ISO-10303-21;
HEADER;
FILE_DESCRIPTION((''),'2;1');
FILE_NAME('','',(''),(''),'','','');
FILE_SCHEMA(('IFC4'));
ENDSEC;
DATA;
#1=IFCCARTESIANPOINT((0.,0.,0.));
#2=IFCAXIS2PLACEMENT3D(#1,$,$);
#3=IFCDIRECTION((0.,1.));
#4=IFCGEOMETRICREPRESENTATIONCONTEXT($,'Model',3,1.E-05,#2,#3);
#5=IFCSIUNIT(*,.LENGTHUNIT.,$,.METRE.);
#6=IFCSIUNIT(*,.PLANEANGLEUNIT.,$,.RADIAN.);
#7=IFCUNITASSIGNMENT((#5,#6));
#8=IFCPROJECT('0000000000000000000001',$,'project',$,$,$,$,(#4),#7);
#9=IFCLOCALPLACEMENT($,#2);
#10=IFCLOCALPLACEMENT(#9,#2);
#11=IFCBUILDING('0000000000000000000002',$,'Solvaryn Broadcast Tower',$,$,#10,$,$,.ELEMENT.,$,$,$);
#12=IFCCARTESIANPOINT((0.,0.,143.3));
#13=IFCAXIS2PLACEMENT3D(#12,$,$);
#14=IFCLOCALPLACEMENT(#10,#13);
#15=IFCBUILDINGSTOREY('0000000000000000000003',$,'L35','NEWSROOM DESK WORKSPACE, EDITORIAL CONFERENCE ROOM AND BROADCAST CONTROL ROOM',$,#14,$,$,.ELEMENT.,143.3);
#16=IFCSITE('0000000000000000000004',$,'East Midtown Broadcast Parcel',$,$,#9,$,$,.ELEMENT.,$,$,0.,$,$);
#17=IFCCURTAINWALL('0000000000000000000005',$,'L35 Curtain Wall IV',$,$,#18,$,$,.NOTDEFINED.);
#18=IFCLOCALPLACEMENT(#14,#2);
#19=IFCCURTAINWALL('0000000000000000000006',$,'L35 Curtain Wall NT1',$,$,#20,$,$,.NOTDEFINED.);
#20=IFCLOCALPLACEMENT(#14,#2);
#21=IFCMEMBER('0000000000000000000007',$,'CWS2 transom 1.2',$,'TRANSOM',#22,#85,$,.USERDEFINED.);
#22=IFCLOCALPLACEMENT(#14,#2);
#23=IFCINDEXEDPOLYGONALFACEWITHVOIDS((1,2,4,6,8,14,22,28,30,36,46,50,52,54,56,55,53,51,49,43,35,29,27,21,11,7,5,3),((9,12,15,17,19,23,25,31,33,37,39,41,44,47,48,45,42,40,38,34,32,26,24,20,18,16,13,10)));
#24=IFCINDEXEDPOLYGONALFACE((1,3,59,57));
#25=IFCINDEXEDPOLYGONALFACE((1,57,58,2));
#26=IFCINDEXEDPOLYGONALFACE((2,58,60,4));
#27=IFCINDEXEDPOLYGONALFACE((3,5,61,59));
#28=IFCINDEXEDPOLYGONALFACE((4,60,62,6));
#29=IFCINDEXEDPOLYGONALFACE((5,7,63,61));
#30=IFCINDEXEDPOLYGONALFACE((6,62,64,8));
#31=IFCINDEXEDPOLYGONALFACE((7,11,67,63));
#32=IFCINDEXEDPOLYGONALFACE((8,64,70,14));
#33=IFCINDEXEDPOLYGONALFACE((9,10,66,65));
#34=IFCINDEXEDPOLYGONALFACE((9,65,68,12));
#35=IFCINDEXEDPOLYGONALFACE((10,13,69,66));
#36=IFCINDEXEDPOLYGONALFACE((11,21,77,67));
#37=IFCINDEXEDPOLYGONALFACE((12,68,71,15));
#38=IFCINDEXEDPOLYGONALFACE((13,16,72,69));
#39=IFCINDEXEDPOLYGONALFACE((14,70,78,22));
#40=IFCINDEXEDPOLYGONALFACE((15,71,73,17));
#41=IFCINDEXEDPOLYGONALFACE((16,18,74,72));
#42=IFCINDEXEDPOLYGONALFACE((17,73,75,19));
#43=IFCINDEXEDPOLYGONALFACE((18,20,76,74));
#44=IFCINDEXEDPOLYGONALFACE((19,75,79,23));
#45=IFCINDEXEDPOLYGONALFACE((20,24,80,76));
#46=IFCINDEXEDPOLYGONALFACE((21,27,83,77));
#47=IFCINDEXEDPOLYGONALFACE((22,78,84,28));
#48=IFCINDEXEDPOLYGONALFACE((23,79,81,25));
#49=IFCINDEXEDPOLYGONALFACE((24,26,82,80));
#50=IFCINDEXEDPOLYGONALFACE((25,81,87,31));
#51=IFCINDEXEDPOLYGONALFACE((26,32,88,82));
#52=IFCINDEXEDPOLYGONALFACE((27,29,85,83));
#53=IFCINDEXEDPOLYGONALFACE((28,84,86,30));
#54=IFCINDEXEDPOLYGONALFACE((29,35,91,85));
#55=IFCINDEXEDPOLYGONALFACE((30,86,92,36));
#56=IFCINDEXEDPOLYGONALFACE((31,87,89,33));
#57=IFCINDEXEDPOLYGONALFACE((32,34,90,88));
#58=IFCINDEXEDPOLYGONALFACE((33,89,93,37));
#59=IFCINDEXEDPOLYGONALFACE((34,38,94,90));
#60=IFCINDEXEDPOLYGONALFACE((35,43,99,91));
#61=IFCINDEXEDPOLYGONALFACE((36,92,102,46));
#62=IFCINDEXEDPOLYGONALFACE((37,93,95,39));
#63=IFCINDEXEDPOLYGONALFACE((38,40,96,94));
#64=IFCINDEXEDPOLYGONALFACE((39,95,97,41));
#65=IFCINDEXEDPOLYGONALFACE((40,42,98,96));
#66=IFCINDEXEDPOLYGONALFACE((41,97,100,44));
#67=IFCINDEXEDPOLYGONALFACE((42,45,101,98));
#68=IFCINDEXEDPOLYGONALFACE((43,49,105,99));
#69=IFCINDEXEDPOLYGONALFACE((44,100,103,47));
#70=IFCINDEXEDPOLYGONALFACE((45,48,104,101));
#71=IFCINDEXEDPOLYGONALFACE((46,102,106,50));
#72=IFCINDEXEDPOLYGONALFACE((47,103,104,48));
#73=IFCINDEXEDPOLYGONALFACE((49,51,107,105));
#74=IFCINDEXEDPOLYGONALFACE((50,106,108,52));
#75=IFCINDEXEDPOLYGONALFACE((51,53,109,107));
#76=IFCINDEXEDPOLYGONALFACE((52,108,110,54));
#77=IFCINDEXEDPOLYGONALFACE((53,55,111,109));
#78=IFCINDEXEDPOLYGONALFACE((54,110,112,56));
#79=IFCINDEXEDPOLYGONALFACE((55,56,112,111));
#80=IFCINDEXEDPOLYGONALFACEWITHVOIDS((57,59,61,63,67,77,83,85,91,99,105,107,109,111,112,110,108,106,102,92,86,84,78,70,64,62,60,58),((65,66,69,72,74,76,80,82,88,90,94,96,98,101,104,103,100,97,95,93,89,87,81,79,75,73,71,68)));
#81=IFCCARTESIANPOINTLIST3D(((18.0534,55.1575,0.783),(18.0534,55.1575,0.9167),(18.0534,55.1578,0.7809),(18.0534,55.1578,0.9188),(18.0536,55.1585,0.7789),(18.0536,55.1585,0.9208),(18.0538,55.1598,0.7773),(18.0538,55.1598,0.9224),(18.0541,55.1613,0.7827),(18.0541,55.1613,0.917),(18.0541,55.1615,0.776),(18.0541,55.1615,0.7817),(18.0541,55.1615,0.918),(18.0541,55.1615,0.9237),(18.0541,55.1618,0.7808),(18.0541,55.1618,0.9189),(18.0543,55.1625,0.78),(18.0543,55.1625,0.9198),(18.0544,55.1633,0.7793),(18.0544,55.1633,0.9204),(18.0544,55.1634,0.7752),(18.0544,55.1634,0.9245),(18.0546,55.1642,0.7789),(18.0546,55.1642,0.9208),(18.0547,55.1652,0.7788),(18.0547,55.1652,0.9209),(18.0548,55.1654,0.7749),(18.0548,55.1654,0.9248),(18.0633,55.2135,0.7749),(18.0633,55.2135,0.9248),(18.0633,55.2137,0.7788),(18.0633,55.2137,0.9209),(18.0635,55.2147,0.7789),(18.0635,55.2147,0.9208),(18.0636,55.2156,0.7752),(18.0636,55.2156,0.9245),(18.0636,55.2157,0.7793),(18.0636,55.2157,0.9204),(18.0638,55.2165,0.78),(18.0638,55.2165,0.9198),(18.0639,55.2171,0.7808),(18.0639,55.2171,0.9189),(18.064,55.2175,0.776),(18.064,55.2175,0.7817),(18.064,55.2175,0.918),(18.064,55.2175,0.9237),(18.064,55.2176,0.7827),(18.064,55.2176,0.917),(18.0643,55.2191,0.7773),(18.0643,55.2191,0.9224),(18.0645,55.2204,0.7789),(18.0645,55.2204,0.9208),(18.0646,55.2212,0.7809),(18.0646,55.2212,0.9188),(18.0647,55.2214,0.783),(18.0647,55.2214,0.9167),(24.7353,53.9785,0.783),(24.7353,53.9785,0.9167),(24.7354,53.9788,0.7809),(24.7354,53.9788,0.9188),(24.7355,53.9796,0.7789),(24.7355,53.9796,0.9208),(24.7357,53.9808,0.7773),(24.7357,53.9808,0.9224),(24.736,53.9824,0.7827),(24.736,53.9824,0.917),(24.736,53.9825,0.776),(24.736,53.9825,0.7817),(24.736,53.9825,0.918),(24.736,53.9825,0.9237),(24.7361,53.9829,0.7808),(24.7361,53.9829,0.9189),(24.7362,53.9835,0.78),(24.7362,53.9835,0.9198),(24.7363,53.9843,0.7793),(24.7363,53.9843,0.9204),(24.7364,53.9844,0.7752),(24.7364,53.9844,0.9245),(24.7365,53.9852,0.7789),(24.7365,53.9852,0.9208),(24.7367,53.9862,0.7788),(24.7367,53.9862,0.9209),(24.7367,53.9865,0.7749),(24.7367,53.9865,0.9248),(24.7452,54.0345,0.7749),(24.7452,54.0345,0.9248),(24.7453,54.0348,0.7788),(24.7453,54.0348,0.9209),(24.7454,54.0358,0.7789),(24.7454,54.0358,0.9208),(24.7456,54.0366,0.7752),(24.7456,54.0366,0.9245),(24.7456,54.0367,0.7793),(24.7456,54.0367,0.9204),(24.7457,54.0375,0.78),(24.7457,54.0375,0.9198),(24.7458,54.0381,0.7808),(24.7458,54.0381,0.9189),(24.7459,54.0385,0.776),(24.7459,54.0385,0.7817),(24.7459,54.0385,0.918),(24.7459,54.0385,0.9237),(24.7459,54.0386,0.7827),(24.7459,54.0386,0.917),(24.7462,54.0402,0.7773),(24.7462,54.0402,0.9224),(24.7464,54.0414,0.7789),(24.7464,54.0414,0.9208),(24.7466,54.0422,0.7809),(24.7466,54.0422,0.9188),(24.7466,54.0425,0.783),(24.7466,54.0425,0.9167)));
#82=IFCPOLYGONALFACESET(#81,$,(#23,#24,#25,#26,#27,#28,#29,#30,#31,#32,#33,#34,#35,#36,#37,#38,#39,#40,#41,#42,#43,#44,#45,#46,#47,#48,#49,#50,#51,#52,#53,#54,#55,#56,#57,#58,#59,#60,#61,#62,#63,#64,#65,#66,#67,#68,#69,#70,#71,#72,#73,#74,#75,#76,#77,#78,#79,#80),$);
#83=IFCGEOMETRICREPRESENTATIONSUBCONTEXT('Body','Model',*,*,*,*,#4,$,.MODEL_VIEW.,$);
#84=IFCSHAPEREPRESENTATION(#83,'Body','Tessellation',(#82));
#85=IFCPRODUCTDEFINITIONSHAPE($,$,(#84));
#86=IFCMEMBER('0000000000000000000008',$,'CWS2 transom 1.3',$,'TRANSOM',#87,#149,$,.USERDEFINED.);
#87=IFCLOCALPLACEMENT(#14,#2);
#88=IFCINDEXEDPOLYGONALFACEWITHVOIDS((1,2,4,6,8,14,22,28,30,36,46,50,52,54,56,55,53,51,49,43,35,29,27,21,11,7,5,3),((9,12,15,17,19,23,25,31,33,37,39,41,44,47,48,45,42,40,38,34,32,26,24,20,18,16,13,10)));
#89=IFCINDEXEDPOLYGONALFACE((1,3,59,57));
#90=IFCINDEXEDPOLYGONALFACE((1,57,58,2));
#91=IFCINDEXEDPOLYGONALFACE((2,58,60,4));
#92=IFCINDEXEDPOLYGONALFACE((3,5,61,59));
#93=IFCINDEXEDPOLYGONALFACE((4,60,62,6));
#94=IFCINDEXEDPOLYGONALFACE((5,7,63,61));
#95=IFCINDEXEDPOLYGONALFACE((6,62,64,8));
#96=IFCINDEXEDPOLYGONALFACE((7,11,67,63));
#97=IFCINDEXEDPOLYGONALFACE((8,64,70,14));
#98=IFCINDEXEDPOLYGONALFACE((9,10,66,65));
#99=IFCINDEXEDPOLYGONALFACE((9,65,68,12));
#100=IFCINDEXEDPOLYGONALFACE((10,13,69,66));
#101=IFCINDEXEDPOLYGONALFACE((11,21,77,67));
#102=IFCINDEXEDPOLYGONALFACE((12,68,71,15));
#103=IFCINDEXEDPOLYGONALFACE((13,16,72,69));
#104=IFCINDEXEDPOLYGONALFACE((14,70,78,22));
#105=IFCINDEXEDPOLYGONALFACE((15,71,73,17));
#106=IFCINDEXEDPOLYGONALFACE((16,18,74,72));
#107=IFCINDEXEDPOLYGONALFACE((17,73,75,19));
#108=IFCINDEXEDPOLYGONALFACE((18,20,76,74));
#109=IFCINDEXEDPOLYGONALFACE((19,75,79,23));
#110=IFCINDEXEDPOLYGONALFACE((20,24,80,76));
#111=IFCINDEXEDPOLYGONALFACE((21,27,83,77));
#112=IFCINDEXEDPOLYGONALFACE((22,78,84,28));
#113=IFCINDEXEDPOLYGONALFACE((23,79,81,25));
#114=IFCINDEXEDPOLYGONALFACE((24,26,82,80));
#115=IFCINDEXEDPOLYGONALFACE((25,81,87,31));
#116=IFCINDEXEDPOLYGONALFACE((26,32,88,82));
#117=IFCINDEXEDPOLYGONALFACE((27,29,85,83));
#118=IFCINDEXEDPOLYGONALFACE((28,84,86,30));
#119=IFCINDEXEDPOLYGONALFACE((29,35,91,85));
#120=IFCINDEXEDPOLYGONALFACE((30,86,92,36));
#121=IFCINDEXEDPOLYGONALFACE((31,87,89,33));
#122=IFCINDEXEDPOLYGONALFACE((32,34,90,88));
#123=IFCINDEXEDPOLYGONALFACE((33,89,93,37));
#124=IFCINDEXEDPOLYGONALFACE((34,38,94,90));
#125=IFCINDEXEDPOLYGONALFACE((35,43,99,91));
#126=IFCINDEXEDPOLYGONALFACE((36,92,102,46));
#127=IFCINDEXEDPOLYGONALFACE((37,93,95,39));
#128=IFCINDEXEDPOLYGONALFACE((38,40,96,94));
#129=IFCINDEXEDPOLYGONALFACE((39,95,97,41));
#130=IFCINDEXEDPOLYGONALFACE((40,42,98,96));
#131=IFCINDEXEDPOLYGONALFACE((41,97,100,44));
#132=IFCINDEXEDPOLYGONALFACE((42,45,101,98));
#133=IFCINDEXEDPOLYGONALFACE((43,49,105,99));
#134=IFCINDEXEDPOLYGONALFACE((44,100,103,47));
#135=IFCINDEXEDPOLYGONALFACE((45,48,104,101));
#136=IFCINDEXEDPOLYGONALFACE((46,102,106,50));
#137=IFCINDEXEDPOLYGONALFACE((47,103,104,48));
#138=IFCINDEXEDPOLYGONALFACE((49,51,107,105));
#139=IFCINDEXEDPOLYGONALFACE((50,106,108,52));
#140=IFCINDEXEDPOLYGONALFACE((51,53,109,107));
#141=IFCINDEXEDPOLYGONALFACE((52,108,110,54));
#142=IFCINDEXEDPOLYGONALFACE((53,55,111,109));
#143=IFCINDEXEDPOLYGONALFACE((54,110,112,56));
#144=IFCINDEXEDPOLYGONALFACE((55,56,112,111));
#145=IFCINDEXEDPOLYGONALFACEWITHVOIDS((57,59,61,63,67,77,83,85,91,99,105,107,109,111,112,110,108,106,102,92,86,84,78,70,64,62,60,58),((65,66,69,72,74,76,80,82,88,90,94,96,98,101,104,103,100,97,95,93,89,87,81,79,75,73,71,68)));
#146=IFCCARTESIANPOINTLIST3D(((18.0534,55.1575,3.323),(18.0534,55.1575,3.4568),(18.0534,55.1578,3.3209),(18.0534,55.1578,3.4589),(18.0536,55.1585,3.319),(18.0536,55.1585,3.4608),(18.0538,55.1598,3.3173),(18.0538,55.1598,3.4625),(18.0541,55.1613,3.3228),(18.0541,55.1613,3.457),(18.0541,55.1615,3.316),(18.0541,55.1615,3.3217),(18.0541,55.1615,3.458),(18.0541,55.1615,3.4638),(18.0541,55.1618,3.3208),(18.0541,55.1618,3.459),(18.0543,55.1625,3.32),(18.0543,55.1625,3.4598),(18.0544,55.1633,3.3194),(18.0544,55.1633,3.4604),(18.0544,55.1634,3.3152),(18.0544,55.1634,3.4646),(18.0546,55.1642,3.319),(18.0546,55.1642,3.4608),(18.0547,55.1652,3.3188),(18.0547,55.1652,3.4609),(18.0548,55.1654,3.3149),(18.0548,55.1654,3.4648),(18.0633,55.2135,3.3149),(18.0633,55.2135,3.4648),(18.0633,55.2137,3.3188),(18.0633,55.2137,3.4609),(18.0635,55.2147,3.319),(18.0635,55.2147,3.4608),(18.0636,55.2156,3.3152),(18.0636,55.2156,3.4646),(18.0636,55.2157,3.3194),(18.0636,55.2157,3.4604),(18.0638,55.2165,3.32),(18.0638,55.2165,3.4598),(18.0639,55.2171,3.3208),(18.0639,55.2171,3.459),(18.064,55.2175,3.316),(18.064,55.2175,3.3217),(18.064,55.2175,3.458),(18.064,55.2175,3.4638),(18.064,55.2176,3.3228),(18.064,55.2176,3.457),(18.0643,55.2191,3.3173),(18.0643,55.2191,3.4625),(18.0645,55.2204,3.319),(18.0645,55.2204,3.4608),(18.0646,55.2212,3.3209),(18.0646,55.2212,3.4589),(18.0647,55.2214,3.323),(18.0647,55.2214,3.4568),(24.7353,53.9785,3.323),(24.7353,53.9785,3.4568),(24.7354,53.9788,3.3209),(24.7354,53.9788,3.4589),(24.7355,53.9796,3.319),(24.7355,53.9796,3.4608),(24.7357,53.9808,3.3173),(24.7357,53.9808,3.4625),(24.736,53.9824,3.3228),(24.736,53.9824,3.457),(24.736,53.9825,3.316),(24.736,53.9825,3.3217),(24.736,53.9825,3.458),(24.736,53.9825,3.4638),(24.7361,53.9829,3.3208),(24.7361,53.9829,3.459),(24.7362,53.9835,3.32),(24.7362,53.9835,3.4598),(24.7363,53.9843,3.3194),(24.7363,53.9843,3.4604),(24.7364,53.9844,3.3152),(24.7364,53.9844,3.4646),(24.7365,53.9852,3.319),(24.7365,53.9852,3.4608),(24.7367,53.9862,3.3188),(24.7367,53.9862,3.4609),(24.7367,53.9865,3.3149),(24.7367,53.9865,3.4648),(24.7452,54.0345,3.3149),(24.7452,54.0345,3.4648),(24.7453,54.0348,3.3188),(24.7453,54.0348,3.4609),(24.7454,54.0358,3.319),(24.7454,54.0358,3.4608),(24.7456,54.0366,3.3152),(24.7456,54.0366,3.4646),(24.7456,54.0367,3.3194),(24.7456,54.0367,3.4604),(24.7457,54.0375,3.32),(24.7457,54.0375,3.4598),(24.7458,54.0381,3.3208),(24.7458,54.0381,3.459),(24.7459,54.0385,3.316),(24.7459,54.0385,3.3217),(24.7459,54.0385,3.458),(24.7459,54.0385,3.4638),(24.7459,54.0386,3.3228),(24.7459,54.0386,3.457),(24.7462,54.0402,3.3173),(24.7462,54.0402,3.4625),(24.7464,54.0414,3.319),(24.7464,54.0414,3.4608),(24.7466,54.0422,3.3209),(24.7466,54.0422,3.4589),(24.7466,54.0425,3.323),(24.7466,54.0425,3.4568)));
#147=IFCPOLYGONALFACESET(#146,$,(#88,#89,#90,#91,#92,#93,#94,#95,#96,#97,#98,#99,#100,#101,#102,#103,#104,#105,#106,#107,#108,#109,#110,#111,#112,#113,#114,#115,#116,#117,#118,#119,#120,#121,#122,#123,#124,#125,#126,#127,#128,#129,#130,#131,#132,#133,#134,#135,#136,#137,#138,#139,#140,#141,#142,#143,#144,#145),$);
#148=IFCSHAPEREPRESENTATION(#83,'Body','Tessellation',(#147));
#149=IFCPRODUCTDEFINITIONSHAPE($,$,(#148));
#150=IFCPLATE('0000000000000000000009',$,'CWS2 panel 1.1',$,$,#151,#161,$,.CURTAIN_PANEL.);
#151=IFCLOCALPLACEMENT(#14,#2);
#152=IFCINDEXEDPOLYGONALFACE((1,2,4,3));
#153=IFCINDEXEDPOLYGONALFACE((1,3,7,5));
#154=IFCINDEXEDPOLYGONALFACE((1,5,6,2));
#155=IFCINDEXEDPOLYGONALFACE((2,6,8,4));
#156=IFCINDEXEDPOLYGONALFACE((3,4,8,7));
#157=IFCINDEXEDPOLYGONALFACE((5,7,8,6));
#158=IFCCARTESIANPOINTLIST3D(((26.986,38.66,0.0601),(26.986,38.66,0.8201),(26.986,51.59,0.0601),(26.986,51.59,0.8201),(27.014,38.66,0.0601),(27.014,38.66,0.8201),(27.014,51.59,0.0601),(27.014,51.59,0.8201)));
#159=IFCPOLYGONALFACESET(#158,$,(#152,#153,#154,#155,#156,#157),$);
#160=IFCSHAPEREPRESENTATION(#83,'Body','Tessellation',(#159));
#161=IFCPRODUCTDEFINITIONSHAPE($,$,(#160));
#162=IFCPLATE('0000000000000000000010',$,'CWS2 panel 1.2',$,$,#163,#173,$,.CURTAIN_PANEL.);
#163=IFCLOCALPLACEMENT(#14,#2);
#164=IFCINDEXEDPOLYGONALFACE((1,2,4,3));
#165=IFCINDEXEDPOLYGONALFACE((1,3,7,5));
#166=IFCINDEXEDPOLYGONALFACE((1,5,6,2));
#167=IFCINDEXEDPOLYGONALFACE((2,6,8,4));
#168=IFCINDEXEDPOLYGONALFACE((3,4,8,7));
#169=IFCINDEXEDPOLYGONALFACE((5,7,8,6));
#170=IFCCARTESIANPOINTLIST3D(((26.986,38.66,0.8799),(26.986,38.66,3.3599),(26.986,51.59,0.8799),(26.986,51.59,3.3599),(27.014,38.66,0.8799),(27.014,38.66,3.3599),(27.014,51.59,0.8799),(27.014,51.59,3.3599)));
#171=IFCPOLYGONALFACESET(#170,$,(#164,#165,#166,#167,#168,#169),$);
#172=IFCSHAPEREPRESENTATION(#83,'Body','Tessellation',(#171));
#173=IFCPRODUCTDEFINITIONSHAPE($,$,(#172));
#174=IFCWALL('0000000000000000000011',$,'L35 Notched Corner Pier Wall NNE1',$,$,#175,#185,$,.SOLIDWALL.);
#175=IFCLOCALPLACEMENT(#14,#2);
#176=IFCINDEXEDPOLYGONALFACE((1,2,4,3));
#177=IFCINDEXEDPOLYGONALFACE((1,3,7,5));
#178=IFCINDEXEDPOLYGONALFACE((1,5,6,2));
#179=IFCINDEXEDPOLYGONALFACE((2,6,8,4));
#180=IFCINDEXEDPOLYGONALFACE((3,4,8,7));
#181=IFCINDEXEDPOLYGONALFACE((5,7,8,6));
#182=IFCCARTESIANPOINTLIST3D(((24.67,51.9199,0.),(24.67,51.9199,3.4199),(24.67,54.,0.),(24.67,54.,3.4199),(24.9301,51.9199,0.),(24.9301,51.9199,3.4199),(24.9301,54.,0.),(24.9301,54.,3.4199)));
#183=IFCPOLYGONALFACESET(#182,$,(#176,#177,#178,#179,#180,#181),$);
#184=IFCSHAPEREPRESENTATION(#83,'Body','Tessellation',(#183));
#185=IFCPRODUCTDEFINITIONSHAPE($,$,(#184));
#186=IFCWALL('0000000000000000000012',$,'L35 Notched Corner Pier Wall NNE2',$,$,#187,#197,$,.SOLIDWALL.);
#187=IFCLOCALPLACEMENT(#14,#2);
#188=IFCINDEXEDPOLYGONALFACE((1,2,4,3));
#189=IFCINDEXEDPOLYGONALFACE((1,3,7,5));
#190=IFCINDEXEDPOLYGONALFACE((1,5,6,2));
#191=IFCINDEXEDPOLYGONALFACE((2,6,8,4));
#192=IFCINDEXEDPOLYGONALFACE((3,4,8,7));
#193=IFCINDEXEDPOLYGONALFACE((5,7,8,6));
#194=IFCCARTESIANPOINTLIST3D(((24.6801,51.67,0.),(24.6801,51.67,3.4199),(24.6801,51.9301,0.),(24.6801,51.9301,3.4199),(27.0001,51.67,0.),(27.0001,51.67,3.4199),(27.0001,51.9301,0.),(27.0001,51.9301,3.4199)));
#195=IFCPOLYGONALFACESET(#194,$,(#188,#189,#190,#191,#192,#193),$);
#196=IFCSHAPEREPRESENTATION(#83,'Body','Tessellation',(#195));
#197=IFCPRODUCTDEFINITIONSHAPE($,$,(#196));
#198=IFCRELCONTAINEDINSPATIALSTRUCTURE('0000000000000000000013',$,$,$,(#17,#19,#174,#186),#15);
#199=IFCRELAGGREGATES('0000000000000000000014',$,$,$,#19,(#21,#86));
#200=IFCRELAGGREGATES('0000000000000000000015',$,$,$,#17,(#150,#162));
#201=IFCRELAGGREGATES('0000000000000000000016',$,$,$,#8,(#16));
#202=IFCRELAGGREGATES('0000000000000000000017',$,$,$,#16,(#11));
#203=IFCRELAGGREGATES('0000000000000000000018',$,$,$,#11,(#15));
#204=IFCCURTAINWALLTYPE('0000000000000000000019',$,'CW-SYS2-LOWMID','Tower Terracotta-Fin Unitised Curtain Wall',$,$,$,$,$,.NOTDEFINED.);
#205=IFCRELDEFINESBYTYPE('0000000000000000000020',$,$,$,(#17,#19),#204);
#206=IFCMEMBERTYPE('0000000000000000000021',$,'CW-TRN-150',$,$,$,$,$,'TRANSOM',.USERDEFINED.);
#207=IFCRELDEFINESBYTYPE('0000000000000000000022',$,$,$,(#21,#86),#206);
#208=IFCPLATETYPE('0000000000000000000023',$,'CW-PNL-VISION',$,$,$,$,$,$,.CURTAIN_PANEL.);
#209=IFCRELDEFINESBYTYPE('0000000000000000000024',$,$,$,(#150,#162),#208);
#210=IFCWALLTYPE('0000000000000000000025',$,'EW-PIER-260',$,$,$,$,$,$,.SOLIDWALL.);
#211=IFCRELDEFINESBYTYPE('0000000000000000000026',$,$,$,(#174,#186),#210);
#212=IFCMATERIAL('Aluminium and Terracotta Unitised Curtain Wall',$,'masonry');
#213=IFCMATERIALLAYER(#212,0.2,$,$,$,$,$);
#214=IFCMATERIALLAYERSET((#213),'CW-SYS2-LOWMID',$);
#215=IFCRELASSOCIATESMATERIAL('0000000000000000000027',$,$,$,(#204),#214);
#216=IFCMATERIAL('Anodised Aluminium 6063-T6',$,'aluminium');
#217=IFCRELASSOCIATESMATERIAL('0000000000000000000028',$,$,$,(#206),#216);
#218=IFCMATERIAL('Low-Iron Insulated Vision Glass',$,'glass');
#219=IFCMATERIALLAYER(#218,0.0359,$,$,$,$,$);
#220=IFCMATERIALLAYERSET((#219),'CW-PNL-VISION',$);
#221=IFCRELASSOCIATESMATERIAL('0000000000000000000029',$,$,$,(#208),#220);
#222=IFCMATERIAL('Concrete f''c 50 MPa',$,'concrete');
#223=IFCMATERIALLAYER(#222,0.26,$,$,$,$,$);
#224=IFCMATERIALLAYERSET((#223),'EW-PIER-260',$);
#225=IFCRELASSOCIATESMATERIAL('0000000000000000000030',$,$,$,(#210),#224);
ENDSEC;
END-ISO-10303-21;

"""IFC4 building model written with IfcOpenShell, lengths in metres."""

from ifc_helpers import new_model, si_unit, direction, frame, frame_2d, origin, origin_2d, place, context, subcontext, project, spatial, rectangle, hollow_rectangle, extrude, material, layer, layer_set, material_profile, profile_set, type_object, element, aggregate, save


model = new_model("IFC4")

# Units and contexts
model_context = context("Model", 3, precision=1e-05, world=origin(), true_north=direction((0.0, 1.0)))
body_context = subcontext(model_context, "Body", "Model", "MODEL_VIEW")
ifc_project = project(units=[si_unit("LENGTHUNIT", "METRE"), si_unit("PLANEANGLEUNIT", "RADIAN")], contexts=[model_context])

# Site, building, storey
site_placement = place(None, origin())
site = spatial("IfcSite", under=ifc_project, at=site_placement, Name="East Midtown Broadcast Parcel", CompositionType="ELEMENT", RefElevation=0.0)
building_placement = place(site_placement, origin())
building = spatial("IfcBuilding", under=site, at=building_placement, Name="Solvaryn Broadcast Tower", CompositionType="ELEMENT")
storey_placement = place(building_placement, frame((0.0, 0.0, 143.3)))
storey = spatial("IfcBuildingStorey", under=building, at=storey_placement, Name="L35", Description="NEWSROOM DESK WORKSPACE, EDITORIAL CONFERENCE ROOM AND BROADCAST CONTROL ROOM", CompositionType="ELEMENT", Elevation=143.3)

# Curtain wall
ifc_material_1 = material(Name="Aluminium and Terracotta Unitised Curtain Wall", Category="masonry")
ifc_layer_1 = layer(ifc_material_1, 0.2)
ifc_layer_set_1 = layer_set([ifc_layer_1], Name="CW-SYS2-LOWMID")
curtain_wall_type = type_object("IfcCurtainWallType", Name="CW-SYS2-LOWMID", Description="Tower Terracotta-Fin Unitised Curtain Wall", PredefinedType="NOTDEFINED", material=ifc_layer_set_1)
curtain_wall_1_placement = place(storey_placement, origin())
curtain_wall_1 = element("IfcCurtainWall", 1, at=curtain_wall_1_placement, inside=storey, type_object=curtain_wall_type, Name="L35 Curtain Wall IV", PredefinedType="NOTDEFINED")

# Curtain wall
curtain_wall_2_placement = place(storey_placement, origin())
curtain_wall_2 = element("IfcCurtainWall", 2, at=curtain_wall_2_placement, inside=storey, type_object=curtain_wall_type, Name="L35 Curtain Wall NT1", PredefinedType="NOTDEFINED")

# Members
ifc_material_2 = material(Name="Anodised Aluminium 6063-T6", Category="aluminium")
ifc_material_profile_1 = material_profile(ifc_material_2, hollow_rectangle(XDim=0.0649, YDim=0.1499, WallThickness=0.0039, InnerFilletRadius=0.0039, OuterFilletRadius=0.0081, at=origin_2d()))
ifc_profile_set_1 = profile_set([ifc_material_profile_1], Name="Anodised Aluminium 6063-T6")
member_type_1 = type_object("IfcMemberType", Name="CW-TRN-150", ElementType="TRANSOM", PredefinedType="USERDEFINED", material=ifc_profile_set_1)
member_1_placement = place(storey_placement, frame((24.741, 54.0105, 0.8499), z_axis=(-0.984789, 0.173757, 0.0), x_axis=(-0.173757, -0.984789, 0.0)))
member_1 = element("IfcMember", 3, at=member_1_placement, type_object=member_type_1, Name="CWS2 transom 1.2", ObjectType="TRANSOM", PredefinedType="USERDEFINED", context=body_context, shape_type="SweptSolid", body=[
    extrude(hollow_rectangle(XDim=0.0649, YDim=0.1499, WallThickness=0.0039, InnerFilletRadius=0.0039, OuterFilletRadius=0.0081, at=origin_2d()), origin(), (0.0, 0.0, 1.0), 6.7852),
])
member_2_placement = place(storey_placement, frame((24.741, 54.0105, 3.3899), z_axis=(-0.984789, 0.173757, 0.0), x_axis=(-0.173757, -0.984789, 0.0)))
member_2 = element("IfcMember", 4, at=member_2_placement, type_object=member_type_1, Name="CWS2 transom 1.3", ObjectType="TRANSOM", PredefinedType="USERDEFINED", context=body_context, shape_type="SweptSolid", body=[
    extrude(hollow_rectangle(XDim=0.0649, YDim=0.1499, WallThickness=0.0039, InnerFilletRadius=0.0039, OuterFilletRadius=0.0081, at=origin_2d()), origin(), (0.0, 0.0, 1.0), 6.7852),
])
aggregate(curtain_wall_2, [member_1, member_2])

# Plates
ifc_material_3 = material(Name="Low-Iron Insulated Vision Glass", Category="glass")
ifc_layer_2 = layer(ifc_material_3, 0.0359)
ifc_layer_set_2 = layer_set([ifc_layer_2], Name="CW-PNL-VISION")
plate_type = type_object("IfcPlateType", Name="CW-PNL-VISION", PredefinedType="CURTAIN_PANEL", material=ifc_layer_set_2)
plate_1_placement = place(storey_placement, frame((27.0, 45.125, 0.0601), z_axis=(0.0, 0.0, 1.0), x_axis=(0.0, -1.0, 0.0)))
plate_1 = element("IfcPlate", 5, at=plate_1_placement, type_object=plate_type, Name="CWS2 panel 1.1", PredefinedType="CURTAIN_PANEL", context=body_context, shape_type="SweptSolid", body=[
    extrude(rectangle(XDim=12.9299, YDim=0.0281, at=origin_2d()), origin(), (0.0, 0.0, 1.0), 0.76),
])
plate_2_placement = place(storey_placement, frame((27.0, 45.125, 0.8799), z_axis=(0.0, 0.0, 1.0), x_axis=(0.0, -1.0, 0.0)))
plate_2 = element("IfcPlate", 6, at=plate_2_placement, type_object=plate_type, Name="CWS2 panel 1.2", PredefinedType="CURTAIN_PANEL", context=body_context, shape_type="SweptSolid", body=[
    extrude(rectangle(XDim=12.9299, YDim=0.0281, at=origin_2d()), origin(), (0.0, 0.0, 1.0), 2.48),
])
aggregate(curtain_wall_1, [plate_1, plate_2])

# Walls
ifc_material_4 = material(Name="Concrete f'c 50 MPa", Category="concrete")
ifc_layer_3 = layer(ifc_material_4, 0.26)
ifc_layer_set_3 = layer_set([ifc_layer_3], Name="EW-PIER-260")
wall_type_1 = type_object("IfcWallType", Name="EW-PIER-260", PredefinedType="SOLIDWALL", material=ifc_layer_set_3)
wall_1_placement = place(storey_placement, frame((24.8, 54.0, 0.0), z_axis=(0.0, 0.0, 1.0), x_axis=(0.0, -1.0, 0.0)))
element("IfcWall", 7, at=wall_1_placement, inside=storey, type_object=wall_type_1, Name="L35 Notched Corner Pier Wall NNE1", PredefinedType="SOLIDWALL", context=body_context, shape_type="SweptSolid", body=[
    extrude(rectangle(XDim=2.0801, YDim=0.26, at=frame_2d((1.04, 0.0))), origin(), (0.0, 0.0, 1.0), 3.4199),
])
wall_2_placement = place(storey_placement, frame((24.6799, 51.8, 0.0), z_axis=(0.0, 0.0, 1.0), x_axis=(1.0, 0.0, 0.0)))
element("IfcWall", 8, at=wall_2_placement, inside=storey, type_object=wall_type_1, Name="L35 Notched Corner Pier Wall NNE2", PredefinedType="SOLIDWALL", context=body_context, shape_type="SweptSolid", body=[
    extrude(rectangle(XDim=2.3201, YDim=0.26, at=frame_2d((1.1602, 0.0))), origin(), (0.0, 0.0, 1.0), 3.4199),
])

save(model, "model.ifc")
